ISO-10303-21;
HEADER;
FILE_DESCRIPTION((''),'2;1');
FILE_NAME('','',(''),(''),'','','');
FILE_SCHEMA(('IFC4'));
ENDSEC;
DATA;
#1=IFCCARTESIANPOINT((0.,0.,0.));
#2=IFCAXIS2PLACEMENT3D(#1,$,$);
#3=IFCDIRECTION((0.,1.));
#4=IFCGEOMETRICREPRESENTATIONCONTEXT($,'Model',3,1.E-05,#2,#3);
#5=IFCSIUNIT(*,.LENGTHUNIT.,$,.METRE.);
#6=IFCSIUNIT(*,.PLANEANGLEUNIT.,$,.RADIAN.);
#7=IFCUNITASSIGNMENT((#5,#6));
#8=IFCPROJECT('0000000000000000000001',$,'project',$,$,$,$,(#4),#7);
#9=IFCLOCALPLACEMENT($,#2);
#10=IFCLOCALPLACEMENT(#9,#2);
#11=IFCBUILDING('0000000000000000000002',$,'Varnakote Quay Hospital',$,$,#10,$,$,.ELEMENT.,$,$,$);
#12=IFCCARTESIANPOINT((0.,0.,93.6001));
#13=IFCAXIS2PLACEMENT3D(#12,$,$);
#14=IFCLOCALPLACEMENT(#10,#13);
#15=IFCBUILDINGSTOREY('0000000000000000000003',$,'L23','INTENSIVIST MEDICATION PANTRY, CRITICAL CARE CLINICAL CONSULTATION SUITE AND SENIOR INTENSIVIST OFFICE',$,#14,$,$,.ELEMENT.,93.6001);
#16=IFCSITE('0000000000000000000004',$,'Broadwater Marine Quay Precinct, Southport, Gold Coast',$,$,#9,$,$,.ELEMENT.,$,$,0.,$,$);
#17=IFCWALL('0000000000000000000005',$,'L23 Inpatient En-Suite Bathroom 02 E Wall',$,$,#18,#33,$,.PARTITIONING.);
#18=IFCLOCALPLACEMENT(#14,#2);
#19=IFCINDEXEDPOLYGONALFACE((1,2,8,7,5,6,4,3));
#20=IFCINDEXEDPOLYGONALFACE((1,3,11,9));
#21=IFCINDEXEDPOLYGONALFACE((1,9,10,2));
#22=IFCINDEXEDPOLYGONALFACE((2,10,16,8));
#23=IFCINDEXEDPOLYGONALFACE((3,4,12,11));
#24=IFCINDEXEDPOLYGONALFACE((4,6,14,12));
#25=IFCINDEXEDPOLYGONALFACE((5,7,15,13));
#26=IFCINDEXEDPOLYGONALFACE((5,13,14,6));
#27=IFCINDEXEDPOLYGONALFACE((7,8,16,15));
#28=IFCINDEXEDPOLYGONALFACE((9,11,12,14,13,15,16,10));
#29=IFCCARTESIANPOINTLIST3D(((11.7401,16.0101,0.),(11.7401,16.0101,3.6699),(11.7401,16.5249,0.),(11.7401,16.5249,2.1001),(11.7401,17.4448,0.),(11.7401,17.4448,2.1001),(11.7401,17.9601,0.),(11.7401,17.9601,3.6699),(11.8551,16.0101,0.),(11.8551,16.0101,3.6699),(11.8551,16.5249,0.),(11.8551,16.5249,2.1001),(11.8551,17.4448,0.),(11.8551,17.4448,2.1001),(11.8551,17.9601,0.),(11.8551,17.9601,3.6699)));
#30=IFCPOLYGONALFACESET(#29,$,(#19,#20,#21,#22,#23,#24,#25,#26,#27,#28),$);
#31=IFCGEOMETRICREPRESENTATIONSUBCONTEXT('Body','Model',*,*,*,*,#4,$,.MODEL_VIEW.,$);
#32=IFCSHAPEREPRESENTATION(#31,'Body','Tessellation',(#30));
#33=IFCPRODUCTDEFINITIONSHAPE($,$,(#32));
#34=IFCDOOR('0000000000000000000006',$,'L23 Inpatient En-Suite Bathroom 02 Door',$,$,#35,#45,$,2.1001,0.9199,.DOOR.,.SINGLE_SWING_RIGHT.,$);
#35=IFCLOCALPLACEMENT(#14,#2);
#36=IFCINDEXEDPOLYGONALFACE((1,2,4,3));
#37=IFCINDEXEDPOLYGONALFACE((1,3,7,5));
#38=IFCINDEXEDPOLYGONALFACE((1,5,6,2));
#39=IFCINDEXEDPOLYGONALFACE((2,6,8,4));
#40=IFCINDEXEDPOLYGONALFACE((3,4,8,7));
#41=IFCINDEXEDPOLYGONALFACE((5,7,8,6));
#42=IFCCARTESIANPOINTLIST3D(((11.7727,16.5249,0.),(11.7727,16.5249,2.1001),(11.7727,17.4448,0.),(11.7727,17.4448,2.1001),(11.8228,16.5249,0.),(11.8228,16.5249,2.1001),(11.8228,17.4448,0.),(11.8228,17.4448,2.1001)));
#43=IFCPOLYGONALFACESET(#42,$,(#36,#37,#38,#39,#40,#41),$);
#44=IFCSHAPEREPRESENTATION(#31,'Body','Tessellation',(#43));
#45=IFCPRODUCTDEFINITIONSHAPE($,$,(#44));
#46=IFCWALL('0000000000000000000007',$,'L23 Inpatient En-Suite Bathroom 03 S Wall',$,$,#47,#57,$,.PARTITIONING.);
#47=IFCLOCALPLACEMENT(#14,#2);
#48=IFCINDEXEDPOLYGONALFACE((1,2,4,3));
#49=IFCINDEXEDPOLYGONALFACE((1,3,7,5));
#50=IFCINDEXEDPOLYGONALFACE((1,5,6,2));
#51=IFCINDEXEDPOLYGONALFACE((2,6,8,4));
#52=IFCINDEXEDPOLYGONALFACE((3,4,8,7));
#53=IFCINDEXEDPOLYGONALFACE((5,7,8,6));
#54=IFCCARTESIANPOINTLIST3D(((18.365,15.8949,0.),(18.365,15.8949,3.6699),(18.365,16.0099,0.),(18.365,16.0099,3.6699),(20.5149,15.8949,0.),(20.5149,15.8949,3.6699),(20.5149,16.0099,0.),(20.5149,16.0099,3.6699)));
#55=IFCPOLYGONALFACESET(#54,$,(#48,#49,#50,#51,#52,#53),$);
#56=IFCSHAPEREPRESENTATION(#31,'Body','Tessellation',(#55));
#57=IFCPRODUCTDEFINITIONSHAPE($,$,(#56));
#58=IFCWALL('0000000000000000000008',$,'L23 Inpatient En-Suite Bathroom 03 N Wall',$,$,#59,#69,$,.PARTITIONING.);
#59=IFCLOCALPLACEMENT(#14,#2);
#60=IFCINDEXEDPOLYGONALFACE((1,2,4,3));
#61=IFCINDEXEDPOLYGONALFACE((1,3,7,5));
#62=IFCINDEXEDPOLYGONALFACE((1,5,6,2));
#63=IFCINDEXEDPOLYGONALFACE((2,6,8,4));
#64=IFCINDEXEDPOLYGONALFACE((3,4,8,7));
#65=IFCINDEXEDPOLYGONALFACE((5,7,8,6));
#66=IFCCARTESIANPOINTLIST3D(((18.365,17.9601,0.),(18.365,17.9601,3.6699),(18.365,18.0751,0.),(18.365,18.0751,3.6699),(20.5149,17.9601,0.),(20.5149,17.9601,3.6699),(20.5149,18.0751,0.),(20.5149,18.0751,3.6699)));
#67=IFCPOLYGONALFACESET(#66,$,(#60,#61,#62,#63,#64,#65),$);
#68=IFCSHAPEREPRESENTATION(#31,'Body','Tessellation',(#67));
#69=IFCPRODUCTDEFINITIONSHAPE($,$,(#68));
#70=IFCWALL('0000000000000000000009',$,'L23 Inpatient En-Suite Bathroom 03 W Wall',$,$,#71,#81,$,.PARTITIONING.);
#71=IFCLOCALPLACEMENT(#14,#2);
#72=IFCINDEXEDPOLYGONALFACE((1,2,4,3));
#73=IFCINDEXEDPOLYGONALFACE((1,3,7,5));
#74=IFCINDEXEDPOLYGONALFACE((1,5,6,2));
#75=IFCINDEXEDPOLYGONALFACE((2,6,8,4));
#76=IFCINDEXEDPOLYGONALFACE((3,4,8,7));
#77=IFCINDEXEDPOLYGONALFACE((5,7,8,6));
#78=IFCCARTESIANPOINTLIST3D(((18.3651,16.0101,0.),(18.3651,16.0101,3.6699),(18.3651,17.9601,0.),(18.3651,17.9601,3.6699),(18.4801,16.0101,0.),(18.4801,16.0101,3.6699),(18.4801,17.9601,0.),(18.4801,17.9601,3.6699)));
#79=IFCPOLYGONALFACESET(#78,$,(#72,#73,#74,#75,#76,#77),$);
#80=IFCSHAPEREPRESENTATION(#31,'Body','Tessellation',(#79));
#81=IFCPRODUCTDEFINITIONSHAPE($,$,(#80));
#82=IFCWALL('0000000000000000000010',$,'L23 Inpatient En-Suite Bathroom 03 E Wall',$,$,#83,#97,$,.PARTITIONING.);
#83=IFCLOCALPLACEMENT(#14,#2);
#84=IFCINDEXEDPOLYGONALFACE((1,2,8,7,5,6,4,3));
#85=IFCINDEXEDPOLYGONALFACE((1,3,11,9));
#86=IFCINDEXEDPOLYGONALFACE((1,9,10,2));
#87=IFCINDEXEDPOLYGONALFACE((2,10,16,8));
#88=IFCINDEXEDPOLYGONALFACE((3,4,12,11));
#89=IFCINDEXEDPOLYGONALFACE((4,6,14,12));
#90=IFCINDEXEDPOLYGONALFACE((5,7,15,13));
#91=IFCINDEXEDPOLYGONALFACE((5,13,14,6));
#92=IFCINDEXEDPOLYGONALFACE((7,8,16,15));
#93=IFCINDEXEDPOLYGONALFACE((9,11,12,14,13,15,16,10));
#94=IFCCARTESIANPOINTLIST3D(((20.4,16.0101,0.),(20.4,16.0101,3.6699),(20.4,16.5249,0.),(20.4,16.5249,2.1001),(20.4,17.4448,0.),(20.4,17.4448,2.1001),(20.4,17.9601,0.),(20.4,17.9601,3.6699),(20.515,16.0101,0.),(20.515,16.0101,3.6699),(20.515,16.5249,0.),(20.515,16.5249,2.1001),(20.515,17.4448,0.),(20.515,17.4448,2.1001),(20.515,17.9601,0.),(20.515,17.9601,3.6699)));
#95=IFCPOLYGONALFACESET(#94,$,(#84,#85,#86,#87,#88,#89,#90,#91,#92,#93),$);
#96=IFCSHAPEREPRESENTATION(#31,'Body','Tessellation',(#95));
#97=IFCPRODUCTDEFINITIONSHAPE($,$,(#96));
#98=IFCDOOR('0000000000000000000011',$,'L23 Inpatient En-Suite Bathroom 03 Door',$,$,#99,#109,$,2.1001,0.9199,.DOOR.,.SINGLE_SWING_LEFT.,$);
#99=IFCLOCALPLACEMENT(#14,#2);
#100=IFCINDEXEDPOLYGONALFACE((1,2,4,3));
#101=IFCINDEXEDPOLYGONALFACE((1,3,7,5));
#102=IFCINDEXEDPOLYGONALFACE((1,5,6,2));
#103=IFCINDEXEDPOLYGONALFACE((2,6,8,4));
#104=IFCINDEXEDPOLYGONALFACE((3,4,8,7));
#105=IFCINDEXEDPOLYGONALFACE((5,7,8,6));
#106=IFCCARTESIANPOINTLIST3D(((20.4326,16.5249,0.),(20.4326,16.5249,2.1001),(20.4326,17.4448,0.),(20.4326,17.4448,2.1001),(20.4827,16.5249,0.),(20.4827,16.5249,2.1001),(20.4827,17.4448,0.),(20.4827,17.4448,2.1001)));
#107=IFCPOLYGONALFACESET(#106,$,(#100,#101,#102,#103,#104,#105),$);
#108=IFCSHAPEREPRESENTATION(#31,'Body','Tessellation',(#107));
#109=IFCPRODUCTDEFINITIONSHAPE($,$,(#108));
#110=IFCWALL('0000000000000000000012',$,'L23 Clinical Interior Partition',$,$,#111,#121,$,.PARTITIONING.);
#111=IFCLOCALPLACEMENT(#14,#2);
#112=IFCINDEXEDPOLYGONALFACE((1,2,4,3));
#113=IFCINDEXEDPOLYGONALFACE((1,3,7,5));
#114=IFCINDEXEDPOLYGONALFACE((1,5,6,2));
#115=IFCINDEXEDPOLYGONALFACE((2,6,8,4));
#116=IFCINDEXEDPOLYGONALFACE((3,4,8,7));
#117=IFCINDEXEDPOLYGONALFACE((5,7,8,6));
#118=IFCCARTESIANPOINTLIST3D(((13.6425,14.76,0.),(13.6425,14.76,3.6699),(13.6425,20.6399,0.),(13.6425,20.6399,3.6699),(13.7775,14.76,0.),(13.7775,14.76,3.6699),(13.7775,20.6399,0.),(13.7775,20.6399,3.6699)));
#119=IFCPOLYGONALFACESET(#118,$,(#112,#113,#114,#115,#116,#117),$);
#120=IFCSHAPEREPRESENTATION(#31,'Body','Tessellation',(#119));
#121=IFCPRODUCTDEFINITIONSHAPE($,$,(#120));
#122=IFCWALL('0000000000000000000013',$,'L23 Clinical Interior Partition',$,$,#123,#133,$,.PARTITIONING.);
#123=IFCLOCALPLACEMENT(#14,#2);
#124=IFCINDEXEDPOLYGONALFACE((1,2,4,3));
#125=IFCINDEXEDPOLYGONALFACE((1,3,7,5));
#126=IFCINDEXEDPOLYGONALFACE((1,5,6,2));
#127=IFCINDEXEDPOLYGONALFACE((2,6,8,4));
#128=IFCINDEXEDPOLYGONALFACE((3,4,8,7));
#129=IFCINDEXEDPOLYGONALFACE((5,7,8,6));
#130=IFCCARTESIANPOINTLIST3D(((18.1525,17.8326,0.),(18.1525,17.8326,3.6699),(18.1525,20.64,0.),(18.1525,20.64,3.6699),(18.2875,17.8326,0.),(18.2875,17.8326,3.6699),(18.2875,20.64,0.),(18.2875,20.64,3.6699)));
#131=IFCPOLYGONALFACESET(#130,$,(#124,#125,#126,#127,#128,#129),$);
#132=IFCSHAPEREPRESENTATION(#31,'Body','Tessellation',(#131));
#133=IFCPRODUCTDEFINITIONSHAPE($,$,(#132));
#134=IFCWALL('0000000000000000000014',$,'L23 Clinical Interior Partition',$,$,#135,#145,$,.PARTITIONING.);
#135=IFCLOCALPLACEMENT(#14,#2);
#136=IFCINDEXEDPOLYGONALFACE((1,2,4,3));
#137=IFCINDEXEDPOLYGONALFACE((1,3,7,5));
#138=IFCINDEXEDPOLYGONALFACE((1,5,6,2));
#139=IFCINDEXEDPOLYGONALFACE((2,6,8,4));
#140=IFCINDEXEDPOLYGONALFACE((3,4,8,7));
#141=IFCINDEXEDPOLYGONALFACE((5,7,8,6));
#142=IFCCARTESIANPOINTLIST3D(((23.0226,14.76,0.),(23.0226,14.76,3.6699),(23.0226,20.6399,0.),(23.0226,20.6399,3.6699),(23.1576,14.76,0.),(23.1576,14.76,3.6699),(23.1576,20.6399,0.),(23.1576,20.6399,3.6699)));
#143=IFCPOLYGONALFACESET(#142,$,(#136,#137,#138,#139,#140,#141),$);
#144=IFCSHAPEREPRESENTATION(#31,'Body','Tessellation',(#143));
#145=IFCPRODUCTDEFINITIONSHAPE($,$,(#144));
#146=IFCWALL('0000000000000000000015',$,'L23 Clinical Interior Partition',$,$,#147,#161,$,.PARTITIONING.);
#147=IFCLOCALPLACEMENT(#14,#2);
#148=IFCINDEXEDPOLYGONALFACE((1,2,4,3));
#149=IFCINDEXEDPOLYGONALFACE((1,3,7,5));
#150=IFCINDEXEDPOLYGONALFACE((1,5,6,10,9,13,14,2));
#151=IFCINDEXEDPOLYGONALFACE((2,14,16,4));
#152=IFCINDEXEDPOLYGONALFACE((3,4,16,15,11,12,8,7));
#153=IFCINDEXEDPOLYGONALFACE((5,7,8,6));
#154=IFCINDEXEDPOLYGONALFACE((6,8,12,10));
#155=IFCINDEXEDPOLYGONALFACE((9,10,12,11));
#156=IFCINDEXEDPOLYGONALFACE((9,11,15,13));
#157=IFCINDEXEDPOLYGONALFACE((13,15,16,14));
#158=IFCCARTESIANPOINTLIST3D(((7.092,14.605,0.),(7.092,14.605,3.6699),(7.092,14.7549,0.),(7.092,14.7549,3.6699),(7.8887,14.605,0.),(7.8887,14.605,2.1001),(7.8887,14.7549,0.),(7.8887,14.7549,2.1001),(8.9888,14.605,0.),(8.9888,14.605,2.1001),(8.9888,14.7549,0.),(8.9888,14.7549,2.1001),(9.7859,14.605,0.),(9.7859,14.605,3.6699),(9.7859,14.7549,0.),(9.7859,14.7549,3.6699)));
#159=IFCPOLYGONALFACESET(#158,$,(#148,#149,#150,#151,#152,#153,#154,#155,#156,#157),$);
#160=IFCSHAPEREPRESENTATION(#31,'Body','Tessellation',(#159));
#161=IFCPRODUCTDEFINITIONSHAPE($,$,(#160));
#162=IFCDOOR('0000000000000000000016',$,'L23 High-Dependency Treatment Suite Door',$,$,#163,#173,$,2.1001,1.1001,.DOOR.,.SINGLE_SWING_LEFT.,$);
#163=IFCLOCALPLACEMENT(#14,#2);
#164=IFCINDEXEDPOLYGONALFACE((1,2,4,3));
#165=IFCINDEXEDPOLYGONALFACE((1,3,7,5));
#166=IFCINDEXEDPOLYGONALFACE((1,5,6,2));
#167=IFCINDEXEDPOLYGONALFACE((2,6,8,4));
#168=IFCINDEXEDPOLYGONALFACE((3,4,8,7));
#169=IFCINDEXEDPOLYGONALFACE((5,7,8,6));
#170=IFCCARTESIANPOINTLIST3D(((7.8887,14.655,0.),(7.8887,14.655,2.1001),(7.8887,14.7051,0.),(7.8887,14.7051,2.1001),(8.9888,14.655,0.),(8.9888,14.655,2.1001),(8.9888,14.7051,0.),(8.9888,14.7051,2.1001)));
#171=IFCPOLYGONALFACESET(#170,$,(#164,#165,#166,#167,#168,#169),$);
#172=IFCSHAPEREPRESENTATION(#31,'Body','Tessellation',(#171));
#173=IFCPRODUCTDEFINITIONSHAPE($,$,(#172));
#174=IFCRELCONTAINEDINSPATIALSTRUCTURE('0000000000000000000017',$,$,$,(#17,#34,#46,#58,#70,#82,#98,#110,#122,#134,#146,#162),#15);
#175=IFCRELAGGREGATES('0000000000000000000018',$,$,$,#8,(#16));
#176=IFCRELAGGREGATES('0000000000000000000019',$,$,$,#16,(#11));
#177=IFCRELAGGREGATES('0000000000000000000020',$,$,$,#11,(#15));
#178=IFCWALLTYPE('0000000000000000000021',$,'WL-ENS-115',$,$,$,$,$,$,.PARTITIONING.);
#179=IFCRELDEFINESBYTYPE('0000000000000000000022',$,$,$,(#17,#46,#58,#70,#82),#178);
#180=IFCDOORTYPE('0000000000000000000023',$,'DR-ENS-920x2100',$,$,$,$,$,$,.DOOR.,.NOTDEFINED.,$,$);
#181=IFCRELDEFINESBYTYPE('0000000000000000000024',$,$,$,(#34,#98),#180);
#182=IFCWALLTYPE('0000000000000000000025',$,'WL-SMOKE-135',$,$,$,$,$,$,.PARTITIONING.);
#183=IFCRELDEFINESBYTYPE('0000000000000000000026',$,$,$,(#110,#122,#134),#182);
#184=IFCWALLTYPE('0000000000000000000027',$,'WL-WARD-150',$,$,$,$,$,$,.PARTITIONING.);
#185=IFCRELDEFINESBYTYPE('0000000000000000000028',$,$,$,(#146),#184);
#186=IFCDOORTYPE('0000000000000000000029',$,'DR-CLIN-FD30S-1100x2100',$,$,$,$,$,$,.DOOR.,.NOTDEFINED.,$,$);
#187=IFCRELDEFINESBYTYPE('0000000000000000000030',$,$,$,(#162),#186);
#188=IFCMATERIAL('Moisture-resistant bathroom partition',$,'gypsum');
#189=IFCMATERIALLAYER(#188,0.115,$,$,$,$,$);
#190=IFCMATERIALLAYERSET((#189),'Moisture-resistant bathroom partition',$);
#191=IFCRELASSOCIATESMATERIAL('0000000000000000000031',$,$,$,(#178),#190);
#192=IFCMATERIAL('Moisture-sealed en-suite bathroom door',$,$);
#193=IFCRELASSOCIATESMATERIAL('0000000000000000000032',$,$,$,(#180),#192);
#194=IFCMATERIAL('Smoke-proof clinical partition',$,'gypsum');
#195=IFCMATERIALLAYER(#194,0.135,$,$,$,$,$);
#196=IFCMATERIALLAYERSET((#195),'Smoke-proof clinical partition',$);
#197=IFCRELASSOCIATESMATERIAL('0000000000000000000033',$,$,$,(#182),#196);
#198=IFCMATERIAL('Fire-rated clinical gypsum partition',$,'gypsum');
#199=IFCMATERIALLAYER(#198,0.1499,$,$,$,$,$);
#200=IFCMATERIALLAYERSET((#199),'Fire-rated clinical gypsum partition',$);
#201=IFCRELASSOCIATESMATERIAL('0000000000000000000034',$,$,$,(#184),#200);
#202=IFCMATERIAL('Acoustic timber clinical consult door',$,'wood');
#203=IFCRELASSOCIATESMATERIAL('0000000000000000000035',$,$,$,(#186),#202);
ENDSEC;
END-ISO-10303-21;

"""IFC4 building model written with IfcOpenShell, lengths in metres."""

from ifc_helpers import new_model, si_unit, direction, frame, frame_2d, origin, place, context, subcontext, project, spatial, rectangle, extrude, material, layer, layer_set, type_object, element, fill, save


model = new_model("IFC4")

# Units and contexts
model_context = context("Model", 3, precision=1e-05, world=origin(), true_north=direction((0.0, 1.0)))
body_context = subcontext(model_context, "Body", "Model", "MODEL_VIEW")
ifc_project = project(units=[si_unit("LENGTHUNIT", "METRE"), si_unit("PLANEANGLEUNIT", "RADIAN")], contexts=[model_context])

# Site, building, storey
site_placement = place(None, origin())
site = spatial("IfcSite", under=ifc_project, at=site_placement, Name="Broadwater Marine Quay Precinct, Southport, Gold Coast", CompositionType="ELEMENT", RefElevation=0.0)
building_placement = place(site_placement, origin())
building = spatial("IfcBuilding", under=site, at=building_placement, Name="Varnakote Quay Hospital", CompositionType="ELEMENT")
storey_placement = place(building_placement, frame((0.0, 0.0, 93.6001)))
storey = spatial("IfcBuildingStorey", under=building, at=storey_placement, Name="L23", Description="INTENSIVIST MEDICATION PANTRY, CRITICAL CARE CLINICAL CONSULTATION SUITE AND SENIOR INTENSIVIST OFFICE", CompositionType="ELEMENT", Elevation=93.6001)

# Shared definitions
ifc_material_1 = material(Name="Moisture-resistant bathroom partition", Category="gypsum")
ifc_layer_1 = layer(ifc_material_1, 0.115)
ifc_layer_set_1 = layer_set([ifc_layer_1], Name="Moisture-resistant bathroom partition")
wall_type_1 = type_object("IfcWallType", Name="WL-ENS-115", PredefinedType="PARTITIONING", material=ifc_layer_set_1)

# Wall, opening, door
wall_1_placement = place(storey_placement, frame((11.7976, 16.01, 0.0), z_axis=(0.0, 0.0, 1.0), x_axis=(0.0, 1.0, 0.0)))
wall_1 = element("IfcWall", 1, at=wall_1_placement, inside=storey, type_object=wall_type_1, Name="L23 Inpatient En-Suite Bathroom 02 E Wall", PredefinedType="PARTITIONING", context=body_context, shape_type="SweptSolid", body=[
    extrude(rectangle(XDim=1.95, YDim=0.115, at=frame_2d((0.9751, 0.0))), origin(), (0.0, 0.0, 1.0), 3.6699),
])
opening_1_placement = place(wall_1_placement, frame((0.5149, 0.0, 0.0)))
opening_1 = element("IfcOpeningElement", 2, at=opening_1_placement, cuts=wall_1, PredefinedType="OPENING", context=body_context, shape_type="SweptSolid", body=[
    extrude(rectangle(XDim=0.9199, YDim=2.1001, at=frame_2d((0.46, 1.05))), frame((0.0, 0.0674, 0.0), z_axis=(0.0, -1.0, 0.0), x_axis=(1.0, 0.0, 0.0)), (0.0, 0.0, 1.0), 0.135),
])
ifc_material_2 = material(Name="Moisture-sealed en-suite bathroom door")
door_type_1 = type_object("IfcDoorType", Name="DR-ENS-920x2100", OperationType="NOTDEFINED", PredefinedType="DOOR", material=ifc_material_2)
door_1_placement = place(opening_1_placement, origin())
door_1 = element("IfcDoor", 3, at=door_1_placement, inside=storey, type_object=door_type_1, Name="L23 Inpatient En-Suite Bathroom 02 Door", OperationType="SINGLE_SWING_RIGHT", OverallHeight=2.1001, OverallWidth=0.9199, PredefinedType="DOOR", context=body_context, shape_type="SweptSolid", body=[
    extrude(rectangle(XDim=0.9199, YDim=2.1001, at=frame_2d((0.46, 1.05))), frame((0.0, 0.0249, 0.0), z_axis=(0.0, -1.0, 0.0), x_axis=(1.0, 0.0, 0.0)), (0.0, 0.0, 1.0), 0.05),
])
fill(opening_1, door_1)

# Walls
for number, where, z_axis, x_axis, name in (
    (4, (18.365, 15.9524, 0.0), (0.0, 0.0, 1.0), (1.0, 0.0, 0.0), "L23 Inpatient En-Suite Bathroom 03 S Wall"),
    (5, (18.365, 18.0176, 0.0), (0.0, 0.0, 1.0), (1.0, 0.0, 0.0), "L23 Inpatient En-Suite Bathroom 03 N Wall"),
):
    element("IfcWall", number, at=place(storey_placement, frame(where, z_axis=z_axis, x_axis=x_axis)), inside=storey, type_object=wall_type_1, Name=name, PredefinedType="PARTITIONING", context=body_context, shape_type="SweptSolid", body=[
        extrude(rectangle(XDim=2.1499, YDim=0.115, at=frame_2d((1.075, 0.0))), origin(), (0.0, 0.0, 1.0), 3.6699),
    ])
wall_2_placement = place(storey_placement, frame((18.4226, 16.01, 0.0), z_axis=(0.0, 0.0, 1.0), x_axis=(0.0, 1.0, 0.0)))
element("IfcWall", 6, at=wall_2_placement, inside=storey, type_object=wall_type_1, Name="L23 Inpatient En-Suite Bathroom 03 W Wall", PredefinedType="PARTITIONING", context=body_context, shape_type="SweptSolid", body=[
    extrude(rectangle(XDim=1.95, YDim=0.115, at=frame_2d((0.9751, 0.0))), origin(), (0.0, 0.0, 1.0), 3.6699),
])

# Wall, opening, door
wall_3_placement = place(storey_placement, frame((20.4575, 16.01, 0.0), z_axis=(0.0, 0.0, 1.0), x_axis=(0.0, 1.0, 0.0)))
wall_3 = element("IfcWall", 7, at=wall_3_placement, inside=storey, type_object=wall_type_1, Name="L23 Inpatient En-Suite Bathroom 03 E Wall", PredefinedType="PARTITIONING", context=body_context, shape_type="SweptSolid", body=[
    extrude(rectangle(XDim=1.95, YDim=0.115, at=frame_2d((0.9751, 0.0))), origin(), (0.0, 0.0, 1.0), 3.6699),
])
opening_2_placement = place(wall_3_placement, frame((0.5149, 0.0, 0.0)))
opening_2 = element("IfcOpeningElement", 8, at=opening_2_placement, cuts=wall_3, PredefinedType="OPENING", context=body_context, shape_type="SweptSolid", body=[
    extrude(rectangle(XDim=0.9199, YDim=2.1001, at=frame_2d((0.46, 1.05))), frame((0.0, 0.0674, 0.0), z_axis=(0.0, -1.0, 0.0), x_axis=(1.0, 0.0, 0.0)), (0.0, 0.0, 1.0), 0.135),
])
door_2_placement = place(opening_2_placement, origin())
door_2 = element("IfcDoor", 9, at=door_2_placement, inside=storey, type_object=door_type_1, Name="L23 Inpatient En-Suite Bathroom 03 Door", OperationType="SINGLE_SWING_LEFT", OverallHeight=2.1001, OverallWidth=0.9199, PredefinedType="DOOR", context=body_context, shape_type="SweptSolid", body=[
    extrude(rectangle(XDim=0.9199, YDim=2.1001, at=frame_2d((0.46, 1.05))), frame((0.0, 0.0249, 0.0), z_axis=(0.0, -1.0, 0.0), x_axis=(1.0, 0.0, 0.0)), (0.0, 0.0, 1.0), 0.05),
])
fill(opening_2, door_2)

# Walls
ifc_material_3 = material(Name="Smoke-proof clinical partition", Category="gypsum")
ifc_layer_2 = layer(ifc_material_3, 0.135)
ifc_layer_set_2 = layer_set([ifc_layer_2], Name="Smoke-proof clinical partition")
wall_type_2 = type_object("IfcWallType", Name="WL-SMOKE-135", PredefinedType="PARTITIONING", material=ifc_layer_set_2)
wall_4_placement = place(storey_placement, frame((13.71, 14.76, 0.0), z_axis=(0.0, 0.0, 1.0), x_axis=(0.0, 1.0, 0.0)))
element("IfcWall", 10, at=wall_4_placement, inside=storey, type_object=wall_type_2, Name="L23 Clinical Interior Partition", PredefinedType="PARTITIONING", context=body_context, shape_type="SweptSolid", body=[
    extrude(rectangle(XDim=5.8799, YDim=0.135, at=frame_2d((2.9399, 0.0))), origin(), (0.0, 0.0, 1.0), 3.6699),
])
wall_5_placement = place(storey_placement, frame((18.22, 17.8325, 0.0), z_axis=(0.0, 0.0, 1.0), x_axis=(0.0, 1.0, 0.0)))
element("IfcWall", 11, at=wall_5_placement, inside=storey, type_object=wall_type_2, Name="L23 Clinical Interior Partition", PredefinedType="PARTITIONING", context=body_context, shape_type="SweptSolid", body=[
    extrude(rectangle(XDim=2.8074, YDim=0.135, at=frame_2d((1.4038, 0.0))), origin(), (0.0, 0.0, 1.0), 3.6699),
])
wall_6_placement = place(storey_placement, frame((23.0901, 14.76, 0.0), z_axis=(0.0, 0.0, 1.0), x_axis=(0.0, 1.0, 0.0)))
element("IfcWall", 12, at=wall_6_placement, inside=storey, type_object=wall_type_2, Name="L23 Clinical Interior Partition", PredefinedType="PARTITIONING", context=body_context, shape_type="SweptSolid", body=[
    extrude(rectangle(XDim=5.8799, YDim=0.135, at=frame_2d((2.9399, 0.0))), origin(), (0.0, 0.0, 1.0), 3.6699),
])

# Wall, opening, door
ifc_material_4 = material(Name="Fire-rated clinical gypsum partition", Category="gypsum")
ifc_layer_3 = layer(ifc_material_4, 0.1499)
ifc_layer_set_3 = layer_set([ifc_layer_3], Name="Fire-rated clinical gypsum partition")
wall_type_3 = type_object("IfcWallType", Name="WL-WARD-150", PredefinedType="PARTITIONING", material=ifc_layer_set_3)
wall_7_placement = place(storey_placement, frame((9.7859, 14.6799, 0.0), z_axis=(0.0, 0.0, 1.0), x_axis=(-1.0, 0.0, 0.0)))
wall_7 = element("IfcWall", 13, at=wall_7_placement, inside=storey, type_object=wall_type_3, Name="L23 Clinical Interior Partition", PredefinedType="PARTITIONING", context=body_context, shape_type="SweptSolid", body=[
    extrude(rectangle(XDim=2.6938, YDim=0.1499, at=frame_2d((1.3469, 0.0))), origin(), (0.0, 0.0, 1.0), 3.6699),
])
opening_3_placement = place(wall_7_placement, frame((0.7971, 0.0, 0.0)))
opening_3 = element("IfcOpeningElement", 14, at=opening_3_placement, cuts=wall_7, PredefinedType="OPENING", context=body_context, shape_type="SweptSolid", body=[
    extrude(rectangle(XDim=1.1001, YDim=2.1001, at=frame_2d((0.55, 1.05))), frame((0.0, 0.085, 0.0), z_axis=(0.0, -1.0, 0.0), x_axis=(1.0, 0.0, 0.0)), (0.0, 0.0, 1.0), 0.1699),
])
ifc_material_5 = material(Name="Acoustic timber clinical consult door", Category="wood")
door_type_2 = type_object("IfcDoorType", Name="DR-CLIN-FD30S-1100x2100", OperationType="NOTDEFINED", PredefinedType="DOOR", material=ifc_material_5)
door_3_placement = place(opening_3_placement, origin())
door_3 = element("IfcDoor", 15, at=door_3_placement, inside=storey, type_object=door_type_2, Name="L23 High-Dependency Treatment Suite Door", OperationType="SINGLE_SWING_LEFT", OverallHeight=2.1001, OverallWidth=1.1001, PredefinedType="DOOR", context=body_context, shape_type="SweptSolid", body=[
    extrude(rectangle(XDim=1.1001, YDim=2.1001, at=frame_2d((0.55, 1.05))), frame((0.0, 0.0249, 0.0), z_axis=(0.0, -1.0, 0.0), x_axis=(1.0, 0.0, 0.0)), (0.0, 0.0, 1.0), 0.05),
])
fill(opening_3, door_3)

save(model, "model.ifc")
